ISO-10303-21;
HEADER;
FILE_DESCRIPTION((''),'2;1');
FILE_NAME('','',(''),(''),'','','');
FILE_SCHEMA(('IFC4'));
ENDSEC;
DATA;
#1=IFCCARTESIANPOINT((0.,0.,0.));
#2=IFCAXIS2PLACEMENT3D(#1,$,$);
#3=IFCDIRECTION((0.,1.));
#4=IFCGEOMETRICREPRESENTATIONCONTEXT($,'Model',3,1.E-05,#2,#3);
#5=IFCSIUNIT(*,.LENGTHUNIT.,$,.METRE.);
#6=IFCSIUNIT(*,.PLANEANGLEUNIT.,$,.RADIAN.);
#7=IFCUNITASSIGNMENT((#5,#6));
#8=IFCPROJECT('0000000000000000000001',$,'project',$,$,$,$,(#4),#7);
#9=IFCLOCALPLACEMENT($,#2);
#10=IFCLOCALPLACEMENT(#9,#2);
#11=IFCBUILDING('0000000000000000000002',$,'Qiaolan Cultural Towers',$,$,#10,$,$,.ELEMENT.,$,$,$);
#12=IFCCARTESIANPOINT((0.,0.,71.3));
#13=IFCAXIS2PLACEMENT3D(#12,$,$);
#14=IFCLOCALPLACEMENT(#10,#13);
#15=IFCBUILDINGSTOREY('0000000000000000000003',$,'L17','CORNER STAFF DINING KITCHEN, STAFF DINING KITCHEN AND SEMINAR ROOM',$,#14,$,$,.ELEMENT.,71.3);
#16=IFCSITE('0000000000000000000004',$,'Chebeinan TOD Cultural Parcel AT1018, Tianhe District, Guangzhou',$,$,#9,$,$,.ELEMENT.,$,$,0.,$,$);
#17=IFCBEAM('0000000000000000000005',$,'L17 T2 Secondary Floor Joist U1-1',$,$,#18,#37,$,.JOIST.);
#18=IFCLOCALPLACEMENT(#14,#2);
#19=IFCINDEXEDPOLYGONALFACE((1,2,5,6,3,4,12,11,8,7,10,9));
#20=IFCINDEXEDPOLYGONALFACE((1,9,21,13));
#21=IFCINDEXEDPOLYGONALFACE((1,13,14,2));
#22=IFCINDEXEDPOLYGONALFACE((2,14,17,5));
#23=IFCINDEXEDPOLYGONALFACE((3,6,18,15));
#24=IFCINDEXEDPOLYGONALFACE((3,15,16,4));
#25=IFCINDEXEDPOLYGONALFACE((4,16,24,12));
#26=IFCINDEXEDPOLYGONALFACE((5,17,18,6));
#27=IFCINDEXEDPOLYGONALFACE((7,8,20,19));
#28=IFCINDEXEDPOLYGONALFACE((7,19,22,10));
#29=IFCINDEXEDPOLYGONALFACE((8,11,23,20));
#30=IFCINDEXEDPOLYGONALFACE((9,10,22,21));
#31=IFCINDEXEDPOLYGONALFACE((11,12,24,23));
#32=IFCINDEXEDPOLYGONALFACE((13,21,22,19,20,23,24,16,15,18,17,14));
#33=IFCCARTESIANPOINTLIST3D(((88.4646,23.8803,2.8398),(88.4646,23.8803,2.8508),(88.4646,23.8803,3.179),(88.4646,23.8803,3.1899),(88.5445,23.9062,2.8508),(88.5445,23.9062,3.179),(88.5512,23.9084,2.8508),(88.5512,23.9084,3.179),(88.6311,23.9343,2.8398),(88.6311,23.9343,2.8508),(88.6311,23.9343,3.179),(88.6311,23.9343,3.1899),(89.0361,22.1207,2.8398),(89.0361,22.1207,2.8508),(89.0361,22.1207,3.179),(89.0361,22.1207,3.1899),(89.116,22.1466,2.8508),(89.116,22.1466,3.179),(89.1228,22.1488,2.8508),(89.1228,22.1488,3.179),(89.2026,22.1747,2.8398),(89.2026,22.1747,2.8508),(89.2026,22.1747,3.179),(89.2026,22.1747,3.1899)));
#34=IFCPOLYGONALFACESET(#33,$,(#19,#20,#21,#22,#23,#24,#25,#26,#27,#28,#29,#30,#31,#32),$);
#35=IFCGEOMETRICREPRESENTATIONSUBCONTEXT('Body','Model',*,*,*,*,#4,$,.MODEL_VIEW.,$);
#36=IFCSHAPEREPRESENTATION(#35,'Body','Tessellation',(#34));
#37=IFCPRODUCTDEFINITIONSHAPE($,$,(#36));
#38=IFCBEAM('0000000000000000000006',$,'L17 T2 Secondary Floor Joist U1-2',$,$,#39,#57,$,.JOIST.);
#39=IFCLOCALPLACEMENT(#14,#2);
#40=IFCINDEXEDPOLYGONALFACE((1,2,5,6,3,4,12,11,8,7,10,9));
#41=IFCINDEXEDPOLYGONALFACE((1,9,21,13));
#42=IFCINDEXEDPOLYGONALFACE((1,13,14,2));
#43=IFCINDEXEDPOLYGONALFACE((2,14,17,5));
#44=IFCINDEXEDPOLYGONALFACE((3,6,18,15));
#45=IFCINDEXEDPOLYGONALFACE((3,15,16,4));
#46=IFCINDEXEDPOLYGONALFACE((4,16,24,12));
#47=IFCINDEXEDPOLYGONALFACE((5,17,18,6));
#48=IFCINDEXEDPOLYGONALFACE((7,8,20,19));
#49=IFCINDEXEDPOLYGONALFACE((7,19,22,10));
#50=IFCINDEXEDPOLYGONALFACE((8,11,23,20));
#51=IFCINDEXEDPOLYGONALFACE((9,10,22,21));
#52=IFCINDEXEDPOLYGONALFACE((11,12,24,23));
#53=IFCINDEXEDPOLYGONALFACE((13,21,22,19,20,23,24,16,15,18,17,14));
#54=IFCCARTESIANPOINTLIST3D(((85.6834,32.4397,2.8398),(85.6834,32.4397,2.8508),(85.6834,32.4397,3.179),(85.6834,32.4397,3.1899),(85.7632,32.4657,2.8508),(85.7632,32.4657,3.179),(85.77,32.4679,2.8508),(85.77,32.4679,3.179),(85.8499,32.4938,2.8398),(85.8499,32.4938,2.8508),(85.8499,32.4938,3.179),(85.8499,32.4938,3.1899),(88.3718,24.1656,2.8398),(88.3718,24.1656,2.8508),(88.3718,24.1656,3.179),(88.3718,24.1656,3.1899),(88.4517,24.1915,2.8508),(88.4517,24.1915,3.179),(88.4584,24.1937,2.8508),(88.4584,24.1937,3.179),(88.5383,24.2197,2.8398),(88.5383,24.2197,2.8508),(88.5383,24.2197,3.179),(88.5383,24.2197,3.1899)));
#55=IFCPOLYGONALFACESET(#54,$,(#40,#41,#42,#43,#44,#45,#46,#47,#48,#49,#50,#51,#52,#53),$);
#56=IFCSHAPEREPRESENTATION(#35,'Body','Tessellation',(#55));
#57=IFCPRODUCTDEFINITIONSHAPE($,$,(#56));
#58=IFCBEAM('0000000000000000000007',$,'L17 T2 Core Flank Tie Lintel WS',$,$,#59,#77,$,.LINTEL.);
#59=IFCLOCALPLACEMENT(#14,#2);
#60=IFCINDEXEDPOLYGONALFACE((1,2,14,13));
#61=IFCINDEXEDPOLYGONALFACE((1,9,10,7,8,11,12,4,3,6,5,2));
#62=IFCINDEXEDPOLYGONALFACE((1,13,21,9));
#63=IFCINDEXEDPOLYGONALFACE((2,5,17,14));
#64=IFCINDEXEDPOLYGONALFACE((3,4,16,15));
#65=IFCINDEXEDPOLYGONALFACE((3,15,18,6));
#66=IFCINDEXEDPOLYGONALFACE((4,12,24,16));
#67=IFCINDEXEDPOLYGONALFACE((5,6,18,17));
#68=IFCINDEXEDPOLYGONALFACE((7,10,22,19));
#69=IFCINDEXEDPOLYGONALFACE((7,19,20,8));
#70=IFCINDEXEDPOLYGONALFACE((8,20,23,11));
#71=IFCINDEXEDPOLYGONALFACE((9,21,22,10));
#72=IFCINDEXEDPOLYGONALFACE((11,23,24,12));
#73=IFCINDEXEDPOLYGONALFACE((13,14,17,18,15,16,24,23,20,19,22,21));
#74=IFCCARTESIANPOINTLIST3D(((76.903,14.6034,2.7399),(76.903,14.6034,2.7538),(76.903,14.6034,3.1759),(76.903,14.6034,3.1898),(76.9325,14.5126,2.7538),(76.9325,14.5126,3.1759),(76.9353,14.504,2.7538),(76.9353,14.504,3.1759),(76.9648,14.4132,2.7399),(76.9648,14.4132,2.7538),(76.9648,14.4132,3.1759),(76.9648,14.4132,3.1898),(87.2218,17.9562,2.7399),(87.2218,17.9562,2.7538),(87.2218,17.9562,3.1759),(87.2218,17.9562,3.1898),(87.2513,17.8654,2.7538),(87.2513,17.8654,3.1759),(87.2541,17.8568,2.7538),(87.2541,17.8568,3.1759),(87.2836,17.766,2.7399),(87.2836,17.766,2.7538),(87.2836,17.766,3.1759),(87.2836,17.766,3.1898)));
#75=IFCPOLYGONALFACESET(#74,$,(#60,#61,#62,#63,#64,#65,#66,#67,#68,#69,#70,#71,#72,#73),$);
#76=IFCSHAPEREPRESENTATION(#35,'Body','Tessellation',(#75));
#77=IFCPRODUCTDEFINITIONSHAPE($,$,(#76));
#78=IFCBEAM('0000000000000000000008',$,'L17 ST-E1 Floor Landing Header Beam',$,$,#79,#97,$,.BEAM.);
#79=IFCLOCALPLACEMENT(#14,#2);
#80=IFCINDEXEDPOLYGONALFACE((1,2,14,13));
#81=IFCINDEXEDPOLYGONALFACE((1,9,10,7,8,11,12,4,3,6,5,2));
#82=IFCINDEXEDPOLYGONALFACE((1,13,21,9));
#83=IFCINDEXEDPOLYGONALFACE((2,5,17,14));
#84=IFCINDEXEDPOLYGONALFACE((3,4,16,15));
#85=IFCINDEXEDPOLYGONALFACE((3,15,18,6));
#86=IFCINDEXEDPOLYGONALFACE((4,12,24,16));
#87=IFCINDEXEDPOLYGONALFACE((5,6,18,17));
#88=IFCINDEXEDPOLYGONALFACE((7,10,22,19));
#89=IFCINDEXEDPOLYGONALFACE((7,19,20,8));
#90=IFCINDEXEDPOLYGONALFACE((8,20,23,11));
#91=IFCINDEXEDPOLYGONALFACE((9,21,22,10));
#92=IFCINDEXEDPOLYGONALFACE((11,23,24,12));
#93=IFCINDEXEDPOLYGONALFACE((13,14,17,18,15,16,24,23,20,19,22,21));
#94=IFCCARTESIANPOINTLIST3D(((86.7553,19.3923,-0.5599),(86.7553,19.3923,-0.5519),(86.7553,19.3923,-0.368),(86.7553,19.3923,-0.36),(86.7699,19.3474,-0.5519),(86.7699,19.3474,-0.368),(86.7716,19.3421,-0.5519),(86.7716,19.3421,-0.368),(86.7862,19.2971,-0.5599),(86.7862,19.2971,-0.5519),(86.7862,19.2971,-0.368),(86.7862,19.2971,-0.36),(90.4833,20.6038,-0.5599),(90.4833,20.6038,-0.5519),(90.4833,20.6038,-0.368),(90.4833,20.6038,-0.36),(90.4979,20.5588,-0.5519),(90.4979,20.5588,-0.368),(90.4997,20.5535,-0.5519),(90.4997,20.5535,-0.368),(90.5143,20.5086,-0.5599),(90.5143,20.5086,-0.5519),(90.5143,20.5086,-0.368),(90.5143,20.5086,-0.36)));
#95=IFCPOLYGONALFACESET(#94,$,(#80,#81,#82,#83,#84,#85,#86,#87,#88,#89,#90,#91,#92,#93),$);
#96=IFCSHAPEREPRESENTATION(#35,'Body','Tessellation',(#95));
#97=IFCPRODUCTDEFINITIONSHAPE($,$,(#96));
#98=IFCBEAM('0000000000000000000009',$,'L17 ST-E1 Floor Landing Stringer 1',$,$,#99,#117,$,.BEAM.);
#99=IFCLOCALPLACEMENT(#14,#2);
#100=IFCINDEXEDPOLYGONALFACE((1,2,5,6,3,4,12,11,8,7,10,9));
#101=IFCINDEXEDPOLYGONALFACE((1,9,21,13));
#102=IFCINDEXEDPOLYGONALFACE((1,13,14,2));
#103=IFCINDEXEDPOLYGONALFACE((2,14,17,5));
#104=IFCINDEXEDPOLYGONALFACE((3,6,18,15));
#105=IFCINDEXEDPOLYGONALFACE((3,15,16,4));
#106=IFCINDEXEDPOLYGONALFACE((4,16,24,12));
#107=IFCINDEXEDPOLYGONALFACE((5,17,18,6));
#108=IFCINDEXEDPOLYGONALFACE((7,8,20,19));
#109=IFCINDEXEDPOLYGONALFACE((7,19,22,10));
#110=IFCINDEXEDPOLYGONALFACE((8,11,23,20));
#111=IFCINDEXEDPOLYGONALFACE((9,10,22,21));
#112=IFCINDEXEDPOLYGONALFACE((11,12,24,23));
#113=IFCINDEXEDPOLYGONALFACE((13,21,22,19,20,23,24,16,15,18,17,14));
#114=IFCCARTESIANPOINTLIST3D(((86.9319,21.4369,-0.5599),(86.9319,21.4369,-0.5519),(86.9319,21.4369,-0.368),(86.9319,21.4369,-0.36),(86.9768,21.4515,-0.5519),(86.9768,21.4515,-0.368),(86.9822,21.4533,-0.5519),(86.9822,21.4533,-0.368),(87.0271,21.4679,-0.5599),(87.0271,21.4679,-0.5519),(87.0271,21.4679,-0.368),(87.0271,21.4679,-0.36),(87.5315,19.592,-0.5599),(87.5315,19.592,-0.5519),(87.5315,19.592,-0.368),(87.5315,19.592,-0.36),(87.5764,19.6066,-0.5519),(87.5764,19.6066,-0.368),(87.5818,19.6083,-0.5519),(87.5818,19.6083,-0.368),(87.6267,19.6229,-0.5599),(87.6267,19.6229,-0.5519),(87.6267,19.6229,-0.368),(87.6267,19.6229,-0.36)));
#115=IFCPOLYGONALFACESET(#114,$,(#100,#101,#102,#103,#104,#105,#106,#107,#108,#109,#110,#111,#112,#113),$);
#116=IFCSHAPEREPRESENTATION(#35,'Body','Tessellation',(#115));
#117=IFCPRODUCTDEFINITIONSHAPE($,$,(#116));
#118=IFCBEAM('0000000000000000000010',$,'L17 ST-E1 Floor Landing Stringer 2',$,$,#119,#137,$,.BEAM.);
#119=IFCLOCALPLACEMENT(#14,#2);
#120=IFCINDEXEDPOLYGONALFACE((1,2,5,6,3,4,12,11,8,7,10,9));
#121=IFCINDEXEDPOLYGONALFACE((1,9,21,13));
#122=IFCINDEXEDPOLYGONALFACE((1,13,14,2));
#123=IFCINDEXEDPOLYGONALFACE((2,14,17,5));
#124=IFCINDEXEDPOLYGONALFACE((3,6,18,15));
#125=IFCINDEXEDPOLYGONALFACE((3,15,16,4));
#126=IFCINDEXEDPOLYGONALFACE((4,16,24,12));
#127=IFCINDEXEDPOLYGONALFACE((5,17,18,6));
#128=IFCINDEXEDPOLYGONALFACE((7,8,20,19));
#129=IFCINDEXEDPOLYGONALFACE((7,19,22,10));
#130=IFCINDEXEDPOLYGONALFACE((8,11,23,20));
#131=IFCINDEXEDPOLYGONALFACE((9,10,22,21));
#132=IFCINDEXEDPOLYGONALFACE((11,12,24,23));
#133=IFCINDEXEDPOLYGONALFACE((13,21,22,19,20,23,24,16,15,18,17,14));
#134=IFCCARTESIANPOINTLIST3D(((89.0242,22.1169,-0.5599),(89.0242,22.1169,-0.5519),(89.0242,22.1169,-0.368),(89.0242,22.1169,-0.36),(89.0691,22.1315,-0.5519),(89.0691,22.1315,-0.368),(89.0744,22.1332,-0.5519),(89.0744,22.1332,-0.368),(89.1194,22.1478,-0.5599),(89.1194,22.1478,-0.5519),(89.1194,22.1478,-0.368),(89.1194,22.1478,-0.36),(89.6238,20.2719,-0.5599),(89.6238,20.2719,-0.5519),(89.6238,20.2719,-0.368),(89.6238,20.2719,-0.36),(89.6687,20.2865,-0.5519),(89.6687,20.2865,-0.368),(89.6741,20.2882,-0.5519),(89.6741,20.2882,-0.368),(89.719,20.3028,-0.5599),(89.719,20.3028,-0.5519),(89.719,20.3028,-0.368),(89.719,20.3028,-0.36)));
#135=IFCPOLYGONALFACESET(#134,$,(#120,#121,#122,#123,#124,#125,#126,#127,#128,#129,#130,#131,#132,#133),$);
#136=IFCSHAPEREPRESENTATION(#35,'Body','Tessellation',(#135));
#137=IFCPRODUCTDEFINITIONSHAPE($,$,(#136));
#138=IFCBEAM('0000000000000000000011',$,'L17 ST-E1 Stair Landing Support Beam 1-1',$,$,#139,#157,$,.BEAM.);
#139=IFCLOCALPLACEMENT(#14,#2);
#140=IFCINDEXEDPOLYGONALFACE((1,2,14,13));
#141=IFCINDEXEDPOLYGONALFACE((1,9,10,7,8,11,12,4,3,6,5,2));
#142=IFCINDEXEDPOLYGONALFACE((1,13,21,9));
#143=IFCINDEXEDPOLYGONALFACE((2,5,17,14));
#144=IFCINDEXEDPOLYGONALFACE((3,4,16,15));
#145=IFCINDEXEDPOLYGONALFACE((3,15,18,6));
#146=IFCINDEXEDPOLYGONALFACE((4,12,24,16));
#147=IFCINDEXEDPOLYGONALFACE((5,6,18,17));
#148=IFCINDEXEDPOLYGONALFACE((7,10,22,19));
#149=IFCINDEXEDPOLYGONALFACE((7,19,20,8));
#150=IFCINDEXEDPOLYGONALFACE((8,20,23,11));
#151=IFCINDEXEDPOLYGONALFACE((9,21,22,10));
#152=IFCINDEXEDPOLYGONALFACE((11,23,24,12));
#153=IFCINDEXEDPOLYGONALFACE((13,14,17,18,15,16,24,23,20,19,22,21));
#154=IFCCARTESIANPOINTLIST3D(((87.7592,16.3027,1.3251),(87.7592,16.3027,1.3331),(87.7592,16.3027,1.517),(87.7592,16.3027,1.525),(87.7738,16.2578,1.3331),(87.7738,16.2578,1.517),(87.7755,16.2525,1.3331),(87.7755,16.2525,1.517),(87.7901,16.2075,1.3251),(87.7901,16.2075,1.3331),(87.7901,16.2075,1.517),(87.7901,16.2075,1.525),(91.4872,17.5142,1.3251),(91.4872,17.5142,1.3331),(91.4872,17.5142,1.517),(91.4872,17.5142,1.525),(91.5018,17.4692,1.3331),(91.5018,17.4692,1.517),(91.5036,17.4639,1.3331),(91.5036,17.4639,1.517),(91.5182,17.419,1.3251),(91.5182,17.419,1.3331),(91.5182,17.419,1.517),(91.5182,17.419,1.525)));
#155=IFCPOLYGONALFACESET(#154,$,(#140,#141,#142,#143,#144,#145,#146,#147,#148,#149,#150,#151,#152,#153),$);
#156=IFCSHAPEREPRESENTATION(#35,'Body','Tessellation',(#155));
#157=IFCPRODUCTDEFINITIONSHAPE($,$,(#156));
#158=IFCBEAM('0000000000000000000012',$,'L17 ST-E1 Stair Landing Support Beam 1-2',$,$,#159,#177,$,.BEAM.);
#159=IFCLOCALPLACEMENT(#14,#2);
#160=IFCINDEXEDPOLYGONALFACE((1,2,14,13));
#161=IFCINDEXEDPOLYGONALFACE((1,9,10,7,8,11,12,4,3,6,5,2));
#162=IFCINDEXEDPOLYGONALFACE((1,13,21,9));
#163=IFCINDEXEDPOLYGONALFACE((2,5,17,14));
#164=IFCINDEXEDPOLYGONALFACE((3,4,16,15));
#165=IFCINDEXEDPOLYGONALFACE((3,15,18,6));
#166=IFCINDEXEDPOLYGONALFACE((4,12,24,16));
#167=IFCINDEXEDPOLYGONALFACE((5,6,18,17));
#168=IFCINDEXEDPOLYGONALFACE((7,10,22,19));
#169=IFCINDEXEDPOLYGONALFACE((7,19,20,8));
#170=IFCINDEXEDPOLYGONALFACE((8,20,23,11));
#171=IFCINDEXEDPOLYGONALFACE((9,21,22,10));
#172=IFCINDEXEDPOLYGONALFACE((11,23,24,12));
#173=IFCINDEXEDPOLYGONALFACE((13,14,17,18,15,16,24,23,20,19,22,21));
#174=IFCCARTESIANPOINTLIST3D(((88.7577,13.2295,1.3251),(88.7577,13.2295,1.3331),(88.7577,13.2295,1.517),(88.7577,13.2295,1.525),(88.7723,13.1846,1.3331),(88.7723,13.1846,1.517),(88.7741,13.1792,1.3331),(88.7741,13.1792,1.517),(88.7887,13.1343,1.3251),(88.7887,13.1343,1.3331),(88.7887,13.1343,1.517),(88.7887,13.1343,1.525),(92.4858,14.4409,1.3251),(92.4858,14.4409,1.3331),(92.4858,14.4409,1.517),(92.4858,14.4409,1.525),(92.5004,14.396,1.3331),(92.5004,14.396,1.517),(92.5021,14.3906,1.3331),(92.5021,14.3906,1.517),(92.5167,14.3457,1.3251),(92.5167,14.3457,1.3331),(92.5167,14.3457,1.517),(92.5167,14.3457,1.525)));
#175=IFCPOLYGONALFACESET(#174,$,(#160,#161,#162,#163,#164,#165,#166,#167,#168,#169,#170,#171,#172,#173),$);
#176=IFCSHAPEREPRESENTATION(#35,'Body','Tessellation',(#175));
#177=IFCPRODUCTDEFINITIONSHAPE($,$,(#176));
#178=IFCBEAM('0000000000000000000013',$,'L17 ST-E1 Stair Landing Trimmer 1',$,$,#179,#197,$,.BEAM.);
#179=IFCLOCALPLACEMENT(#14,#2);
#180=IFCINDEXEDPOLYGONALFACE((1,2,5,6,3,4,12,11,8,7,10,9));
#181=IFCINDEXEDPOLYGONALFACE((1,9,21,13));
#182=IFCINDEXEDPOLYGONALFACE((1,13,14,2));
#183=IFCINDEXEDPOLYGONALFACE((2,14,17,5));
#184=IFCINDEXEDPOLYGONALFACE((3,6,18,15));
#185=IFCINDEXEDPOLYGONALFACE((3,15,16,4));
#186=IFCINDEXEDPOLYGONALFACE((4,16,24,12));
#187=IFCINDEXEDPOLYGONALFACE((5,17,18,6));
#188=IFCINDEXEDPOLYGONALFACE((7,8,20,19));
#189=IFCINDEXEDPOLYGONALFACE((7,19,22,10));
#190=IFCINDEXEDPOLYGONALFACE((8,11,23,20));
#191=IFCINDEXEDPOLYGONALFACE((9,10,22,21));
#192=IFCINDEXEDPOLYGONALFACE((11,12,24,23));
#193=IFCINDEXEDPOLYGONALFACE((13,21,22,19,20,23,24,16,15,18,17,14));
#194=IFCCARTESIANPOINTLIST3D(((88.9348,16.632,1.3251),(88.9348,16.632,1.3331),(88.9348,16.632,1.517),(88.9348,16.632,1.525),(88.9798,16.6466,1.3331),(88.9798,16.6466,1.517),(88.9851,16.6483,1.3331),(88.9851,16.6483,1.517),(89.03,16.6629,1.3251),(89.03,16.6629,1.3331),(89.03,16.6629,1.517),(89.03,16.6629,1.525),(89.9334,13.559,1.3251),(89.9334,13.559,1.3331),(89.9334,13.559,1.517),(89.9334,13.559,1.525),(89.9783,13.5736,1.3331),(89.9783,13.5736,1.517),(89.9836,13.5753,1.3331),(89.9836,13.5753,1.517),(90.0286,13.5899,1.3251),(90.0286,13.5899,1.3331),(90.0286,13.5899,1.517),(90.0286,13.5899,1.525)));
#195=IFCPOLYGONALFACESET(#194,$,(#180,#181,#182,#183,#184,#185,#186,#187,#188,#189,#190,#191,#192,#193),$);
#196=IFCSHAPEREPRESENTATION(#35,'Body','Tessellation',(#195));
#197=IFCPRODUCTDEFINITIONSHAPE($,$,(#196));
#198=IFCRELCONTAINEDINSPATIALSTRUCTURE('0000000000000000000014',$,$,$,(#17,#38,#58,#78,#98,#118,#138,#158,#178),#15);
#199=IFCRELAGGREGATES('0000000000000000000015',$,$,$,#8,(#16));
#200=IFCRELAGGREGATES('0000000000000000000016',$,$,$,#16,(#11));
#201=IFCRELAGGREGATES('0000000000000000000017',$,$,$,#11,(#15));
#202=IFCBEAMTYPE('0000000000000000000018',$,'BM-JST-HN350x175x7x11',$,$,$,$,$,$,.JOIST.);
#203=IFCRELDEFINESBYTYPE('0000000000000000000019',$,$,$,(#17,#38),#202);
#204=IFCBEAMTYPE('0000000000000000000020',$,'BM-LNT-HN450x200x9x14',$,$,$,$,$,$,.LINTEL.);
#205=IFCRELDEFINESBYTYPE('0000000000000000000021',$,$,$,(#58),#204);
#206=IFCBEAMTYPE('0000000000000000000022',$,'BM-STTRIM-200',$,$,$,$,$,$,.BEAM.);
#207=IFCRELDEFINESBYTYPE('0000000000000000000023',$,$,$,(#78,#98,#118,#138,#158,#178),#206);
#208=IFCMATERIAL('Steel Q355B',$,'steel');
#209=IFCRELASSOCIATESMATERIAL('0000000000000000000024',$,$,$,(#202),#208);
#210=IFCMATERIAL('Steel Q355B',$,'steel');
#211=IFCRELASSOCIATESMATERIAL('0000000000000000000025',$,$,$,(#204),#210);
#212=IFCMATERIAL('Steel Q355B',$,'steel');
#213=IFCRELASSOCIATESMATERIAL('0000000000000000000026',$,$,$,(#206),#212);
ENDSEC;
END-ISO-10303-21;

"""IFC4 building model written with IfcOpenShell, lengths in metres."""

from ifc_helpers import new_model, si_unit, direction, frame, origin, origin_2d, place, context, subcontext, project, spatial, i_section, extrude, material, material_profile, profile_set, type_object, element, save


model = new_model("IFC4")

# Units and contexts
model_context = context("Model", 3, precision=1e-05, world=origin(), true_north=direction((0.0, 1.0)))
body_context = subcontext(model_context, "Body", "Model", "MODEL_VIEW")
ifc_project = project(units=[si_unit("LENGTHUNIT", "METRE"), si_unit("PLANEANGLEUNIT", "RADIAN")], contexts=[model_context])

# Site, building, storey
site_placement = place(None, origin())
site = spatial("IfcSite", under=ifc_project, at=site_placement, Name="Chebeinan TOD Cultural Parcel AT1018, Tianhe District, Guangzhou", CompositionType="ELEMENT", RefElevation=0.0)
building_placement = place(site_placement, origin())
building = spatial("IfcBuilding", under=site, at=building_placement, Name="Qiaolan Cultural Towers", CompositionType="ELEMENT")
storey_placement = place(building_placement, frame((0.0, 0.0, 71.3)))
storey = spatial("IfcBuildingStorey", under=building, at=storey_placement, Name="L17", Description="CORNER STAFF DINING KITCHEN, STAFF DINING KITCHEN AND SEMINAR ROOM", CompositionType="ELEMENT", Elevation=71.3)

# Beams
ifc_material_1 = material(Name="Steel Q355B", Category="steel")
ifc_material_profile_1 = material_profile(ifc_material_1, i_section(OverallWidth=0.175, OverallDepth=0.3501, WebThickness=0.0071, FlangeThickness=0.011, at=origin_2d()), Name="HN350x175x7x11")
ifc_profile_set_1 = profile_set([ifc_material_profile_1], Name="Steel Q355B")
beam_type_1 = type_object("IfcBeamType", Name="BM-JST-HN350x175x7x11", PredefinedType="JOIST", material=ifc_profile_set_1)
beam_1_placement = place(storey_placement, frame((89.1194, 22.1477, 3.0149), z_axis=(-0.308934, 0.951084, 0.0), x_axis=(-0.951084, -0.308934, 0.0)))
element("IfcBeam", 1, at=beam_1_placement, inside=storey, type_object=beam_type_1, Name="L17 T2 Secondary Floor Joist U1-1", PredefinedType="JOIST", context=body_context, shape_type="SweptSolid", body=[
    extrude(i_section(OverallWidth=0.175, OverallDepth=0.3501, WebThickness=0.0071, FlangeThickness=0.011, at=origin_2d()), origin(), (0.0, 0.0, 1.0), 1.8501),
])
beam_2_placement = place(storey_placement, frame((88.4551, 24.1926, 3.0149), z_axis=(-0.309021, 0.951055, 0.0), x_axis=(-0.951055, -0.309021, 0.0)))
element("IfcBeam", 2, at=beam_2_placement, inside=storey, type_object=beam_type_1, Name="L17 T2 Secondary Floor Joist U1-2", PredefinedType="JOIST", context=body_context, shape_type="SweptSolid", body=[
    extrude(i_section(OverallWidth=0.175, OverallDepth=0.3501, WebThickness=0.0071, FlangeThickness=0.011, at=origin_2d()), origin(), (0.0, 0.0, 1.0), 8.7),
])
ifc_material_2 = material(Name="Steel Q355B", Category="steel")
ifc_material_profile_2 = material_profile(ifc_material_2, i_section(OverallWidth=0.2, OverallDepth=0.45, WebThickness=0.009, FlangeThickness=0.0139, at=origin_2d()), Name="HN450x200x9x14")
ifc_profile_set_2 = profile_set([ifc_material_profile_2], Name="Steel Q355B")
beam_type_2 = type_object("IfcBeamType", Name="BM-LNT-HN450x200x9x14", PredefinedType="LINTEL", material=ifc_profile_set_2)
beam_3_placement = place(storey_placement, frame((87.2527, 17.8611, 2.9648), z_axis=(-0.951057, -0.309016, 0.0), x_axis=(0.309016, -0.951057, 0.0)))
element("IfcBeam", 3, at=beam_3_placement, inside=storey, type_object=beam_type_2, Name="L17 T2 Core Flank Tie Lintel WS", PredefinedType="LINTEL", context=body_context, shape_type="SweptSolid", body=[
    extrude(i_section(OverallWidth=0.2, OverallDepth=0.45, WebThickness=0.009, FlangeThickness=0.0139, at=origin_2d()), origin(), (0.0, 0.0, 1.0), 10.8499),
])
ifc_material_3 = material(Name="Steel Q355B", Category="steel")
ifc_material_profile_3 = material_profile(ifc_material_3, i_section(OverallWidth=0.1001, OverallDepth=0.2, WebThickness=0.0056, FlangeThickness=0.0081, at=origin_2d()), Name="HN200x100x5.5x8")
ifc_profile_set_3 = profile_set([ifc_material_profile_3], Name="Steel Q355B")
beam_type_3 = type_object("IfcBeamType", Name="BM-STTRIM-200", PredefinedType="BEAM", material=ifc_profile_set_3)
beam_4_placement = place(storey_placement, frame((86.7708, 19.3447, -0.46), z_axis=(0.951048, 0.309044, 0.0), x_axis=(-0.309044, 0.951048, 0.0)))
element("IfcBeam", 4, at=beam_4_placement, inside=storey, type_object=beam_type_3, Name="L17 ST-E1 Floor Landing Header Beam", PredefinedType="BEAM", context=body_context, shape_type="SweptSolid", body=[
    extrude(i_section(OverallWidth=0.1001, OverallDepth=0.2, WebThickness=0.0056, FlangeThickness=0.0081, at=origin_2d()), origin(), (0.0, 0.0, 1.0), 3.9199),
])
for number, where, z_axis, x_axis, name in (
    (5, (86.9795, 21.4524, -0.46), (0.309083, -0.951035, 0.0), (0.951035, 0.309083, 0.0), "L17 ST-E1 Floor Landing Stringer 1"),
    (6, (89.0718, 22.1323, -0.46), (0.309083, -0.951035, 0.0), (0.951035, 0.309083, 0.0), "L17 ST-E1 Floor Landing Stringer 2"),
):
    element("IfcBeam", number, at=place(storey_placement, frame(where, z_axis=z_axis, x_axis=x_axis)), inside=storey, type_object=beam_type_3, Name=name, PredefinedType="BEAM", context=body_context, shape_type="SweptSolid", body=[
        extrude(i_section(OverallWidth=0.1001, OverallDepth=0.2, WebThickness=0.0056, FlangeThickness=0.0081, at=origin_2d()), origin(), (0.0, 0.0, 1.0), 1.9399),
    ])
for number, where, z_axis, x_axis, name in (
    (7, (87.7747, 16.2551, 1.425), (0.951048, 0.309044, 0.0), (-0.309044, 0.951048, 0.0), "L17 ST-E1 Stair Landing Support Beam 1-1"),
    (8, (88.7732, 13.1819, 1.425), (0.951048, 0.309044, 0.0), (-0.309044, 0.951048, 0.0), "L17 ST-E1 Stair Landing Support Beam 1-2"),
):
    element("IfcBeam", number, at=place(storey_placement, frame(where, z_axis=z_axis, x_axis=x_axis)), inside=storey, type_object=beam_type_3, Name=name, PredefinedType="BEAM", context=body_context, shape_type="SweptSolid", body=[
        extrude(i_section(OverallWidth=0.1001, OverallDepth=0.2, WebThickness=0.0056, FlangeThickness=0.0081, at=origin_2d()), origin(), (0.0, 0.0, 1.0), 3.9199),
    ])
beam_5_placement = place(storey_placement, frame((88.9824, 16.6475, 1.425), z_axis=(0.309033, -0.951051, 0.0), x_axis=(0.951051, 0.309033, 0.0)))
element("IfcBeam", 9, at=beam_5_placement, inside=storey, type_object=beam_type_3, Name="L17 ST-E1 Stair Landing Trimmer 1", PredefinedType="BEAM", context=body_context, shape_type="SweptSolid", body=[
    extrude(i_section(OverallWidth=0.1001, OverallDepth=0.2, WebThickness=0.0056, FlangeThickness=0.0081, at=origin_2d()), origin(), (0.0, 0.0, 1.0), 3.2312),
])

save(model, "model.ifc")
